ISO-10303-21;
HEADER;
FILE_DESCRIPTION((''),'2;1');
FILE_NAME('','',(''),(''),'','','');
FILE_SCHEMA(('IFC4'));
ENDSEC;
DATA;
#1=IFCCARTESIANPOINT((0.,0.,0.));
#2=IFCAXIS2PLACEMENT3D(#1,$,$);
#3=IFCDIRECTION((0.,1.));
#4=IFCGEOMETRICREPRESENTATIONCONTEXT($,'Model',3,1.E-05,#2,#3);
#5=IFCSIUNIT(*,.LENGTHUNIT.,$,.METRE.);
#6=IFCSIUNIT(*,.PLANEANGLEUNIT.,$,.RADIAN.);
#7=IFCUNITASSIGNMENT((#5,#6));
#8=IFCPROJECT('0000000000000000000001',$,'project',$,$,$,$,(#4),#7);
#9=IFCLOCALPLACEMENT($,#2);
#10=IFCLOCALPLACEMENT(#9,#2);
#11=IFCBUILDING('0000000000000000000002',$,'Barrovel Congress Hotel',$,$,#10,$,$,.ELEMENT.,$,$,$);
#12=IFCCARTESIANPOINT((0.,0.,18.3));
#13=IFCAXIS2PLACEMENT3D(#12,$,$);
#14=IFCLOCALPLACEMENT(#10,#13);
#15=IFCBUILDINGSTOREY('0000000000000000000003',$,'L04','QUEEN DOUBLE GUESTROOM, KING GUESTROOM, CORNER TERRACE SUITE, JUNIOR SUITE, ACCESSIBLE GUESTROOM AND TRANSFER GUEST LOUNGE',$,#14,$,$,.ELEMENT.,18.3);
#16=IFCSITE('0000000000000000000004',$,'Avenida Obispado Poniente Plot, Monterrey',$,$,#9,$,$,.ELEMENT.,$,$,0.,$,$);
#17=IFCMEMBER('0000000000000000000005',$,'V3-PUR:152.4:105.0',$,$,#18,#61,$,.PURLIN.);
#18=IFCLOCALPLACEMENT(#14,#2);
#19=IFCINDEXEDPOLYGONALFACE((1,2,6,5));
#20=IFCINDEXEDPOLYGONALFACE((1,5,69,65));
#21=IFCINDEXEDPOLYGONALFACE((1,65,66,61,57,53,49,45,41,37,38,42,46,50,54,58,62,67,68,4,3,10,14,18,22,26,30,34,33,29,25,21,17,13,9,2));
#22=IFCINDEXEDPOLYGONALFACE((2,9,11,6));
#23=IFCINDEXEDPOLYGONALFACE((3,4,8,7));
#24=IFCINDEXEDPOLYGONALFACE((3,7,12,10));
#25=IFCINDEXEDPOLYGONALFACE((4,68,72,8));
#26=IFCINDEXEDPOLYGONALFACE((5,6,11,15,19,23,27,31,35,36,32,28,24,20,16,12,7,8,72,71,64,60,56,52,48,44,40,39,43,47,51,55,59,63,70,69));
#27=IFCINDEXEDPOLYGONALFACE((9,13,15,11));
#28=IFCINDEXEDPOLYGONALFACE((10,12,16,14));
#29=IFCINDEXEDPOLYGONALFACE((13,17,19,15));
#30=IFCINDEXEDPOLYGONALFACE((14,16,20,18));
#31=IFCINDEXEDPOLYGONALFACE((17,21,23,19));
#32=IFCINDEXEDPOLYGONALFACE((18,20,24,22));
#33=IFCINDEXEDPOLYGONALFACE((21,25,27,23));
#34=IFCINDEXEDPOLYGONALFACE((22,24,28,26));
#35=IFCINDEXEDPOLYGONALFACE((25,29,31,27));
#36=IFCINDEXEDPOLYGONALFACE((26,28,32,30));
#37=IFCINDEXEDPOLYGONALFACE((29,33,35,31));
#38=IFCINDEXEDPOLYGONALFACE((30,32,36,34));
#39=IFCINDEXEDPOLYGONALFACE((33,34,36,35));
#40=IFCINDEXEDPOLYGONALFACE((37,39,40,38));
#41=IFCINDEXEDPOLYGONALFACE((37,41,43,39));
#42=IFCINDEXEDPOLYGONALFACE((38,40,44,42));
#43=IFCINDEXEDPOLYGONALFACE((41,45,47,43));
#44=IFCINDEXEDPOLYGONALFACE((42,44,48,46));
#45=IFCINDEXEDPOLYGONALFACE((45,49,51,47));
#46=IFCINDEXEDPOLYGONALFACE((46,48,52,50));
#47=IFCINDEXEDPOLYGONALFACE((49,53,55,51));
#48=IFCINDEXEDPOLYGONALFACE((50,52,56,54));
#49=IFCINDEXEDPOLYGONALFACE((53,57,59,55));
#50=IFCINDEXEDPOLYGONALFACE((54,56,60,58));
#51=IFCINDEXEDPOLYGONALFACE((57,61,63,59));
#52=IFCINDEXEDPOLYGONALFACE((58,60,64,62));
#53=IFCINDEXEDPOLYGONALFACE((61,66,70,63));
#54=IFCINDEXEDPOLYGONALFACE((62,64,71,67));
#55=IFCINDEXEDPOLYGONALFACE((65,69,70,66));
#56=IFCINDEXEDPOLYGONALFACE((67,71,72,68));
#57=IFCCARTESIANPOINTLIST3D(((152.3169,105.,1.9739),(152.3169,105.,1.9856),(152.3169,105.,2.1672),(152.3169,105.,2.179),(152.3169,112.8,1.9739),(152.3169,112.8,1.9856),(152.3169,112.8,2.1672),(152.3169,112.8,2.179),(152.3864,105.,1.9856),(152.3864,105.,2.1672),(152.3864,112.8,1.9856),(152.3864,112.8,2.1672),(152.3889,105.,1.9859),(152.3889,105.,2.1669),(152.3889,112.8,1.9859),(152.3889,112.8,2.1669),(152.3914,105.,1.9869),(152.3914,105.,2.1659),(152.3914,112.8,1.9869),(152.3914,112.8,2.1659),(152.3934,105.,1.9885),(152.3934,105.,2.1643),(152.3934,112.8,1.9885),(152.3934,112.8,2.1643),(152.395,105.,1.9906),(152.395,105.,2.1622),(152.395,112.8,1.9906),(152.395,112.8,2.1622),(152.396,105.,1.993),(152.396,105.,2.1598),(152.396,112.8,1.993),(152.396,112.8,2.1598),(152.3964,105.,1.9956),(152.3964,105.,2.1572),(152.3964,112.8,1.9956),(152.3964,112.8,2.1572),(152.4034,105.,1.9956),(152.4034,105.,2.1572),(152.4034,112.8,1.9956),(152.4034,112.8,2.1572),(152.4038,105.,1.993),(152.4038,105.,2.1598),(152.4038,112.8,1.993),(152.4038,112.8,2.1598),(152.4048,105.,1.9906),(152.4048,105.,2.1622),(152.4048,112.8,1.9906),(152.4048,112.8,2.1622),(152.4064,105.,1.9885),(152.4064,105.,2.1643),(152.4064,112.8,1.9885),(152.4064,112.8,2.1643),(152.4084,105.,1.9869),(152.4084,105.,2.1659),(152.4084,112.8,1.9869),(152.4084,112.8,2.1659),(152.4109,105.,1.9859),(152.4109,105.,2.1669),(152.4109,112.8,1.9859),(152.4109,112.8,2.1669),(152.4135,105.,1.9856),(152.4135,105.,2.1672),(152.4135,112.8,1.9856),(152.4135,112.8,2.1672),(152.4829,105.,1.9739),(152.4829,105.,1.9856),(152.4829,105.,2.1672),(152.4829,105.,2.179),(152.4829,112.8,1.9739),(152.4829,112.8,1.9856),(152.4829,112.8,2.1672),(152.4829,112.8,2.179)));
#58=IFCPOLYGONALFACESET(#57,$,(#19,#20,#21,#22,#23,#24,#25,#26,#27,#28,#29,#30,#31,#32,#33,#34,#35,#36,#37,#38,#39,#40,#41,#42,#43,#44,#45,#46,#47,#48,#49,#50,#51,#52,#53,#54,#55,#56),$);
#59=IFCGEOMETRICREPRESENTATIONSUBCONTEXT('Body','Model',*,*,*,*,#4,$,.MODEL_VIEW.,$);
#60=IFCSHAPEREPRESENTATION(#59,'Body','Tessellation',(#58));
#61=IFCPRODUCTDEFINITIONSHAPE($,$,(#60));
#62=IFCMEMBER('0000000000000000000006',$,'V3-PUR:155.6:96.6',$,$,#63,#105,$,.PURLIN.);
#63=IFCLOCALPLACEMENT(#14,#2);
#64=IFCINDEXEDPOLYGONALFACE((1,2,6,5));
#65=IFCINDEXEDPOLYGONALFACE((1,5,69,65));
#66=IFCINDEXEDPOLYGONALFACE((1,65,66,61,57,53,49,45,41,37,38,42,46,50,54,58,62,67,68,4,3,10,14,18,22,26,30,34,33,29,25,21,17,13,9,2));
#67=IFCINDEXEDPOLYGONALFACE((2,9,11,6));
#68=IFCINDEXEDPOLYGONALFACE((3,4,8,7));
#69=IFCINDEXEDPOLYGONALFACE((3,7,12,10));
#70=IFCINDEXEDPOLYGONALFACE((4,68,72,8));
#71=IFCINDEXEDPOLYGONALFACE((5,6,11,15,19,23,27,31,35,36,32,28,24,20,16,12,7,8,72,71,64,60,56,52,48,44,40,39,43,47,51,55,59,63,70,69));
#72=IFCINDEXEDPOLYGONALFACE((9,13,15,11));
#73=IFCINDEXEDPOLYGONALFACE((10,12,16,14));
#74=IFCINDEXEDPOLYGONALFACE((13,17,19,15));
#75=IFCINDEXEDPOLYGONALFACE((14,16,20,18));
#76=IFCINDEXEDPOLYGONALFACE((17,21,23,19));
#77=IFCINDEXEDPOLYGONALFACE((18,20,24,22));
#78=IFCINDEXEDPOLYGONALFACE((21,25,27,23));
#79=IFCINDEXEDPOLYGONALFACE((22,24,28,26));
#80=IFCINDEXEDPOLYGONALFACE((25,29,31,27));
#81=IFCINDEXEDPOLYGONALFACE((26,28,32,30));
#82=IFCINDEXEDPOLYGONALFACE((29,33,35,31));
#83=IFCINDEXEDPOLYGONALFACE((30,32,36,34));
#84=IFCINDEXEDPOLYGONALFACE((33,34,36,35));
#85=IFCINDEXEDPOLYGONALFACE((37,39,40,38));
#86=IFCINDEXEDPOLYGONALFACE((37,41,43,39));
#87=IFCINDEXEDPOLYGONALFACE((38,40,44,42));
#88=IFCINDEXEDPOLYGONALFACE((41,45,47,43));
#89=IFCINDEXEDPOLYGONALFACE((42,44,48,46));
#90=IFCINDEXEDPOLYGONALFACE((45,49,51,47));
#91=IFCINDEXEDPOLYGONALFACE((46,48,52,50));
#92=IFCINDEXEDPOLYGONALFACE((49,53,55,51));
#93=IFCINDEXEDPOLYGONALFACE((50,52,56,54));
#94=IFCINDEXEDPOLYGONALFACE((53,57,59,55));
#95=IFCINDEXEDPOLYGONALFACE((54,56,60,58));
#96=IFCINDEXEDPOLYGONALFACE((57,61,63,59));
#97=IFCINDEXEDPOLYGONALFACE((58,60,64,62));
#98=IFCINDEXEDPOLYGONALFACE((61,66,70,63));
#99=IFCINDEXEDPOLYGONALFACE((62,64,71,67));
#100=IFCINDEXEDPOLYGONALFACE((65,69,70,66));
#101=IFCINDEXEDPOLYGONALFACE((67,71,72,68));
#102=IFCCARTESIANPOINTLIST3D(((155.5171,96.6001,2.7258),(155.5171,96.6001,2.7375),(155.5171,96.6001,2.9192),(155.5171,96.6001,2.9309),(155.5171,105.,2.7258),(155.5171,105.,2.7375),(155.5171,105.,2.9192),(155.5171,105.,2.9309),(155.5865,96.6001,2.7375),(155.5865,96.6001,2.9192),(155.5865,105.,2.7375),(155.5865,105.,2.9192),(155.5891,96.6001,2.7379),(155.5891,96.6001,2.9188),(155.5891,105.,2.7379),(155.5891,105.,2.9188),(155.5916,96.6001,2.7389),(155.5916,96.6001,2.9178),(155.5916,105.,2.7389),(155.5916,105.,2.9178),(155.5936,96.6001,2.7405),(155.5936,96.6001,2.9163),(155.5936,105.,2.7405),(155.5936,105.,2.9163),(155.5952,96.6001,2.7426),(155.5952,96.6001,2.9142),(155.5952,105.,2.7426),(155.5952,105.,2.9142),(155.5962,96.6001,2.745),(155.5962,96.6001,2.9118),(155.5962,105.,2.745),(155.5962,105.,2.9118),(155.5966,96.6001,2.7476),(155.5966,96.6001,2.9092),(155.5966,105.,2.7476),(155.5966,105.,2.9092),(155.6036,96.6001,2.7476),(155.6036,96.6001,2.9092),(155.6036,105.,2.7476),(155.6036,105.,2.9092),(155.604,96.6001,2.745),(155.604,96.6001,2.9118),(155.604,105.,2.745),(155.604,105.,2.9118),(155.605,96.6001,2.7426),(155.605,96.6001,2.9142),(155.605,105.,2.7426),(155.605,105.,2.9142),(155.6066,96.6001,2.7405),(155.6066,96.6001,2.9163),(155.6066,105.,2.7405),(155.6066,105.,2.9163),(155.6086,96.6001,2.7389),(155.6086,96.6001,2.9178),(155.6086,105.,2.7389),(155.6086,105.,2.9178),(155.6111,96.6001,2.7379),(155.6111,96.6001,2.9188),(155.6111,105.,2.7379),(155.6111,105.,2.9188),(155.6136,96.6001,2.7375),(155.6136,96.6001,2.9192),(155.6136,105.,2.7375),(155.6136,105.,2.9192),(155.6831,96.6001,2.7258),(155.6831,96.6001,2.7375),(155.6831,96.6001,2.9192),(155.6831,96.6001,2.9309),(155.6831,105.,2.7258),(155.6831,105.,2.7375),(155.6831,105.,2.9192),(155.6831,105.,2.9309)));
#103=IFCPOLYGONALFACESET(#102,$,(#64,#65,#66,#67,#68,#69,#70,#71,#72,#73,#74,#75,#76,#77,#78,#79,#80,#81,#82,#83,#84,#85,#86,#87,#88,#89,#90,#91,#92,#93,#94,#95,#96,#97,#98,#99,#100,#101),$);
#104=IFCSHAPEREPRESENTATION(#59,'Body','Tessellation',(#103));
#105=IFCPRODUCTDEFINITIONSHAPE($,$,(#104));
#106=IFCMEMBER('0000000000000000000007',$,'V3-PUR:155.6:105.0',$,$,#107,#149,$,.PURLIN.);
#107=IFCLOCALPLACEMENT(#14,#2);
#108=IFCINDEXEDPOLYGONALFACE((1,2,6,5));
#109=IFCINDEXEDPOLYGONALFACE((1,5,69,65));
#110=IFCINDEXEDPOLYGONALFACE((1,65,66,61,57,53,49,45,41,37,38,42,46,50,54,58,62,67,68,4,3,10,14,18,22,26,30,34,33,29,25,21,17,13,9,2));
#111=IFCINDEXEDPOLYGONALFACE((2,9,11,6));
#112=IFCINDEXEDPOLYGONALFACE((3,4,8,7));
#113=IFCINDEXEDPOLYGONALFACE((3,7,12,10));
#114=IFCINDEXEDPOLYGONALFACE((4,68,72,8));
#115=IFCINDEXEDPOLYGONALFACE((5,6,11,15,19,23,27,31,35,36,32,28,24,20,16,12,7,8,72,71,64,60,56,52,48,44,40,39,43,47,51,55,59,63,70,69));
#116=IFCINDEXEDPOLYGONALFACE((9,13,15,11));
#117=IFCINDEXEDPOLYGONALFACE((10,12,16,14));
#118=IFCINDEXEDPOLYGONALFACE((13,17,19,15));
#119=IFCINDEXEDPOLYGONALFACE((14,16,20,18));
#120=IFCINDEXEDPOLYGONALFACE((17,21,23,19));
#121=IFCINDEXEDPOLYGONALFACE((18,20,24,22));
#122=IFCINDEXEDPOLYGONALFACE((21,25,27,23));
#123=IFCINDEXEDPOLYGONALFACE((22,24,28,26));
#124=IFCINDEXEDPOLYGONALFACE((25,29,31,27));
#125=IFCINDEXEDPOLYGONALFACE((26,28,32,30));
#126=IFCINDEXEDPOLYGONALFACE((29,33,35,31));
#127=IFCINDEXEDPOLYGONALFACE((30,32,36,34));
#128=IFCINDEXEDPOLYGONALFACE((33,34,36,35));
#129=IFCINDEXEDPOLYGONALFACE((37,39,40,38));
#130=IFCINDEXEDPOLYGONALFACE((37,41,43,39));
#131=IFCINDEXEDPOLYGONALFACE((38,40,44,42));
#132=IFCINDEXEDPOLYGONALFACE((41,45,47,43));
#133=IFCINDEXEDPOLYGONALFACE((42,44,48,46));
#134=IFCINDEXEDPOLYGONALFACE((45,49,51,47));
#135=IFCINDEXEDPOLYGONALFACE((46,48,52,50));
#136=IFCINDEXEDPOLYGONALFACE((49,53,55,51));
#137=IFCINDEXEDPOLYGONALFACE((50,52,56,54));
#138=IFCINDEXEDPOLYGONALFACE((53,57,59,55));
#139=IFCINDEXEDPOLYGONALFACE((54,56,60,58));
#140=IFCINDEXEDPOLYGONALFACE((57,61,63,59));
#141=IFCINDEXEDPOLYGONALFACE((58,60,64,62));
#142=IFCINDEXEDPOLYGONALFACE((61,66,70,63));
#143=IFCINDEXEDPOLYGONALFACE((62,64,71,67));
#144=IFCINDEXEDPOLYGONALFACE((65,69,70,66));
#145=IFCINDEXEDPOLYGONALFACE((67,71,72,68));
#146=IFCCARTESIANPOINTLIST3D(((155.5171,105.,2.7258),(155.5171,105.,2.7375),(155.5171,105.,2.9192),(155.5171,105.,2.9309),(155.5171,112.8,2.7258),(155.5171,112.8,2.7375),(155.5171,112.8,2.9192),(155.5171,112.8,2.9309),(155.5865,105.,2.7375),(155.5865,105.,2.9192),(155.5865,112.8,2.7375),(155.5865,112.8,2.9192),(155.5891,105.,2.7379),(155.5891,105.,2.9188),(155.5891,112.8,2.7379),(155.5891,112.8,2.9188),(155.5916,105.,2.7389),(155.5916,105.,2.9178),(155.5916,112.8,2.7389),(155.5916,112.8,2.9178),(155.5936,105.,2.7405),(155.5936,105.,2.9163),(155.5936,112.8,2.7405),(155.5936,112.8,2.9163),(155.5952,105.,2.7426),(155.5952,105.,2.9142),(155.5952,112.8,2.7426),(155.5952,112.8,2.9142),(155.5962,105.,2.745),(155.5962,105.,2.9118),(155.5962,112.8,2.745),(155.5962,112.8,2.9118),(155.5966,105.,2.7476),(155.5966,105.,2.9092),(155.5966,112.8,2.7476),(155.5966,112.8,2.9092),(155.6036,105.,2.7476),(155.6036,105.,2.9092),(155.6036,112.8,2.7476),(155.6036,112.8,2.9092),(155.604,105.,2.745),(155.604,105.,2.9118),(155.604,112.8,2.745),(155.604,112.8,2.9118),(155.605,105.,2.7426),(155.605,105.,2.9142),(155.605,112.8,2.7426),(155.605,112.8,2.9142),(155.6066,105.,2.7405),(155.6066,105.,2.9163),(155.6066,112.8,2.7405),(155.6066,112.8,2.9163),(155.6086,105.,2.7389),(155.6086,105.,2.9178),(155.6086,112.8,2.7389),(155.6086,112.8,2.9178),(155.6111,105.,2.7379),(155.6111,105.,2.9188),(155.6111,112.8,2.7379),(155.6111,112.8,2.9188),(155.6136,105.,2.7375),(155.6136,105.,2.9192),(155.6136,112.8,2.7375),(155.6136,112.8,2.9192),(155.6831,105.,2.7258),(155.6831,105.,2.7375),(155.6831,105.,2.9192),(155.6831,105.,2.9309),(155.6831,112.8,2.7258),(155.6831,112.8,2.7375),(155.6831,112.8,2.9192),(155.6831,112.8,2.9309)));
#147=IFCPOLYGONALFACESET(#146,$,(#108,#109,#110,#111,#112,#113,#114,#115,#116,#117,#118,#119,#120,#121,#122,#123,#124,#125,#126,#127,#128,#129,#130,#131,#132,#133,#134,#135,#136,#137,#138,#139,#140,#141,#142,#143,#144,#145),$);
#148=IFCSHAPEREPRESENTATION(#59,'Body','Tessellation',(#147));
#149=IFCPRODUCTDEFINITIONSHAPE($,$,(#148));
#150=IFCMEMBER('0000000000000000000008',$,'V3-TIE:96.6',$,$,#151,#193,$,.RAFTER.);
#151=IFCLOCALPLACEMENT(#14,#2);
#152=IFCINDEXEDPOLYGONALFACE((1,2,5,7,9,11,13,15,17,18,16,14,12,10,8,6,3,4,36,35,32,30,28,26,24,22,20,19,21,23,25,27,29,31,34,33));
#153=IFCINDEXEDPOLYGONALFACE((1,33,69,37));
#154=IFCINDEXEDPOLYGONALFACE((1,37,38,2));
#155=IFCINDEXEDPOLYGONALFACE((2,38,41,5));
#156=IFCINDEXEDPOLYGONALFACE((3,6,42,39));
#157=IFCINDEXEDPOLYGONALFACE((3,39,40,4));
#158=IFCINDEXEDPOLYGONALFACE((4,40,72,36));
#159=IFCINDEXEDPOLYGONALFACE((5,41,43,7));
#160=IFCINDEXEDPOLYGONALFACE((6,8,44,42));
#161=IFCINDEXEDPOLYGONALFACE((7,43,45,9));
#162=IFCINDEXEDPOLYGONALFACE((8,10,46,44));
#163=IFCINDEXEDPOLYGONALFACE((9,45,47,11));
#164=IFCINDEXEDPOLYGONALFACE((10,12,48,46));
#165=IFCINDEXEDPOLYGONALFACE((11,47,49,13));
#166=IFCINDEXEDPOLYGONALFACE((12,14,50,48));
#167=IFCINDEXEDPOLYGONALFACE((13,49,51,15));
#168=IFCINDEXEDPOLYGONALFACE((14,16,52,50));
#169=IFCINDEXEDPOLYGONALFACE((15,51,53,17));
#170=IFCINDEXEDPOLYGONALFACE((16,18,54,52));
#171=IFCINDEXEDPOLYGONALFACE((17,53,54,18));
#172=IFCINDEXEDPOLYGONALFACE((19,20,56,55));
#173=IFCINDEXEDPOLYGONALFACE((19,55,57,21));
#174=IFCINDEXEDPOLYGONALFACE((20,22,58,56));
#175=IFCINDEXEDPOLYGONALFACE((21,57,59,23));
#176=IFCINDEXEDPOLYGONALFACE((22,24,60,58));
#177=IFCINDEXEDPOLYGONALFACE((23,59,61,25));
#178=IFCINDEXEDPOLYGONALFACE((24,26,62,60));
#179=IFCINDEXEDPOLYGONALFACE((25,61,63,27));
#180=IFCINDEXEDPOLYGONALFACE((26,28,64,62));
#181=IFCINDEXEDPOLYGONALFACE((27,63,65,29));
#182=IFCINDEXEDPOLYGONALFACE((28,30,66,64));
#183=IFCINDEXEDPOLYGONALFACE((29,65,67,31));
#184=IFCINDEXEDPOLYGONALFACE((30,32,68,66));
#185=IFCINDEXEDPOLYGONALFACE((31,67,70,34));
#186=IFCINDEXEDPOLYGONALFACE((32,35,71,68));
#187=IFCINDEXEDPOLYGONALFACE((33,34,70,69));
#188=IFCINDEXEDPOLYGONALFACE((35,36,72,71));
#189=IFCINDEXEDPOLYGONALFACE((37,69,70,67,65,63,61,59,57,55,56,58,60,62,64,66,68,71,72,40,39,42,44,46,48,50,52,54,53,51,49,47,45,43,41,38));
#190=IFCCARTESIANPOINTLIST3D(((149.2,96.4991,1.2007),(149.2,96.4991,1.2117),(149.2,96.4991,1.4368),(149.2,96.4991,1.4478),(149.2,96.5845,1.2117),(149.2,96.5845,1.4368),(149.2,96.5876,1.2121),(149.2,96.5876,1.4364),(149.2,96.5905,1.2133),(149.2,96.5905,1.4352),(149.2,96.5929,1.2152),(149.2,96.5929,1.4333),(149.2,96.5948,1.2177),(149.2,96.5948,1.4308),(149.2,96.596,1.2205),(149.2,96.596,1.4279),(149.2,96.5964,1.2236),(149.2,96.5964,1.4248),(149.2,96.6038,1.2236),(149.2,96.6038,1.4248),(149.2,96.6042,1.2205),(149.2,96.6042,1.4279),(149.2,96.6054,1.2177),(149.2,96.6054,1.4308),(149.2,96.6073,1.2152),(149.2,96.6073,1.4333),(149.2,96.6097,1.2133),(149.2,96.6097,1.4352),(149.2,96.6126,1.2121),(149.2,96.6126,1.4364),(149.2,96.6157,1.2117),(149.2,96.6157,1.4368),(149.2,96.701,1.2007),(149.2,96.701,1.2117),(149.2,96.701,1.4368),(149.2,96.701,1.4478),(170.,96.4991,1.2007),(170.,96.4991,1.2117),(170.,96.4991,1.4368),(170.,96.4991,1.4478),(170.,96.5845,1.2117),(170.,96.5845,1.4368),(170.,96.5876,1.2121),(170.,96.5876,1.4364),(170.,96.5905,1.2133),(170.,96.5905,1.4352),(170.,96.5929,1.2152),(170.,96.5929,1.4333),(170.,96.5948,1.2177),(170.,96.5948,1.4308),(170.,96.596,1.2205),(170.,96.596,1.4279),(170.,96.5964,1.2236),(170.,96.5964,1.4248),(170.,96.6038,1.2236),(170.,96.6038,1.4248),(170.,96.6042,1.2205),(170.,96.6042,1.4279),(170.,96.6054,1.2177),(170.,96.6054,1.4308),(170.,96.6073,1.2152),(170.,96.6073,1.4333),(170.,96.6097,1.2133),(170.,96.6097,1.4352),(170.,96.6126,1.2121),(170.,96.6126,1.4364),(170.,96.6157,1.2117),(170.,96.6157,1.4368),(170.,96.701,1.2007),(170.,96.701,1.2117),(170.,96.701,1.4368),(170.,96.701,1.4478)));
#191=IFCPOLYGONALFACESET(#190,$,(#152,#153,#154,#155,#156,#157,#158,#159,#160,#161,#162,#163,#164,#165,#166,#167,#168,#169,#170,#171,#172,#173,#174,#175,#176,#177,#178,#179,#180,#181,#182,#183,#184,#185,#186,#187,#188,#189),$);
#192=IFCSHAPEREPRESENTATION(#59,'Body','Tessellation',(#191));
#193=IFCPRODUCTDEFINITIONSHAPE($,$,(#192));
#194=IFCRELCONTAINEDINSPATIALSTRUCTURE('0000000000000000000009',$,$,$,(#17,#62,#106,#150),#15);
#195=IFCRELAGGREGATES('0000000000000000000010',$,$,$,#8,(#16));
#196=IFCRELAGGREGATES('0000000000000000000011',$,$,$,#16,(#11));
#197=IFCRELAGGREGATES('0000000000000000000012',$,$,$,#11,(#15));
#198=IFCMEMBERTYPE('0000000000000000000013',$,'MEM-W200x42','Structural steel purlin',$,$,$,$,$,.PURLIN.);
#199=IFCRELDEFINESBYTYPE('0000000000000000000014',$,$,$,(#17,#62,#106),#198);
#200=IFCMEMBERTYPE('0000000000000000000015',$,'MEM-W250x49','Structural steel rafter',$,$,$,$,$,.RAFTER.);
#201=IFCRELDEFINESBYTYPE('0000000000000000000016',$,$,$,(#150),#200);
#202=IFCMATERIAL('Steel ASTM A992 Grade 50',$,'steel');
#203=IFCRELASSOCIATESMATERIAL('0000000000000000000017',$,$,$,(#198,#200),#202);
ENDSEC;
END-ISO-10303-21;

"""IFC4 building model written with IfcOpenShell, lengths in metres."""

from ifc_helpers import new_model, si_unit, direction, frame, origin, origin_2d, place, context, subcontext, project, spatial, i_section, extrude, material, material_profile, profile_set, type_object, element, save


model = new_model("IFC4")

# Units and contexts
model_context = context("Model", 3, precision=1e-05, world=origin(), true_north=direction((0.0, 1.0)))
body_context = subcontext(model_context, "Body", "Model", "MODEL_VIEW")
ifc_project = project(units=[si_unit("LENGTHUNIT", "METRE"), si_unit("PLANEANGLEUNIT", "RADIAN")], contexts=[model_context])

# Site, building, storey
site_placement = place(None, origin())
site = spatial("IfcSite", under=ifc_project, at=site_placement, Name="Avenida Obispado Poniente Plot, Monterrey", CompositionType="ELEMENT", RefElevation=0.0)
building_placement = place(site_placement, origin())
building = spatial("IfcBuilding", under=site, at=building_placement, Name="Barrovel Congress Hotel", CompositionType="ELEMENT")
storey_placement = place(building_placement, frame((0.0, 0.0, 18.3)))
storey = spatial("IfcBuildingStorey", under=building, at=storey_placement, Name="L04", Description="QUEEN DOUBLE GUESTROOM, KING GUESTROOM, CORNER TERRACE SUITE, JUNIOR SUITE, ACCESSIBLE GUESTROOM AND TRANSFER GUEST LOUNGE", CompositionType="ELEMENT", Elevation=18.3)

# Members
ifc_material_1 = material(Name="Steel ASTM A992 Grade 50", Category="steel")
ifc_material_profile_1 = material_profile(ifc_material_1, i_section(OverallWidth=0.166, OverallDepth=0.2051, WebThickness=0.0071, FlangeThickness=0.0117, FilletRadius=0.01, at=origin_2d()), Name="W200x42")
ifc_profile_set_1 = profile_set([ifc_material_profile_1], Name="Steel ASTM A992 Grade 50")
member_type_1 = type_object("IfcMemberType", Name="MEM-W200x42", Description="Structural steel purlin", PredefinedType="PURLIN", material=ifc_profile_set_1)
member_1_placement = place(storey_placement, frame((152.3999, 105.0, 2.0764), z_axis=(0.0, 1.0, 0.0), x_axis=(-1.0, 0.0, 0.0)))
element("IfcMember", 1, at=member_1_placement, inside=storey, type_object=member_type_1, Name="V3-PUR:152.4:105.0", PredefinedType="PURLIN", context=body_context, shape_type="SweptSolid", body=[
    extrude(i_section(OverallWidth=0.166, OverallDepth=0.2051, WebThickness=0.0071, FlangeThickness=0.0117, FilletRadius=0.01, at=origin_2d()), origin(), (0.0, 0.0, 1.0), 7.8),
])
member_2_placement = place(storey_placement, frame((155.6001, 96.6001, 2.8284), z_axis=(0.0, 1.0, 0.0), x_axis=(-1.0, 0.0, 0.0)))
element("IfcMember", 2, at=member_2_placement, inside=storey, type_object=member_type_1, Name="V3-PUR:155.6:96.6", PredefinedType="PURLIN", context=body_context, shape_type="SweptSolid", body=[
    extrude(i_section(OverallWidth=0.166, OverallDepth=0.2051, WebThickness=0.0071, FlangeThickness=0.0117, FilletRadius=0.01, at=origin_2d()), origin(), (0.0, 0.0, 1.0), 8.3999),
])
member_3_placement = place(storey_placement, frame((155.6001, 105.0, 2.8284), z_axis=(0.0, 1.0, 0.0), x_axis=(-1.0, 0.0, 0.0)))
element("IfcMember", 3, at=member_3_placement, inside=storey, type_object=member_type_1, Name="V3-PUR:155.6:105.0", PredefinedType="PURLIN", context=body_context, shape_type="SweptSolid", body=[
    extrude(i_section(OverallWidth=0.166, OverallDepth=0.2051, WebThickness=0.0071, FlangeThickness=0.0117, FilletRadius=0.01, at=origin_2d()), origin(), (0.0, 0.0, 1.0), 7.8),
])
ifc_material_profile_2 = material_profile(ifc_material_1, i_section(OverallWidth=0.2019, OverallDepth=0.2471, WebThickness=0.0073, FlangeThickness=0.011, FilletRadius=0.012, at=origin_2d()), Name="W250x49")
ifc_profile_set_2 = profile_set([ifc_material_profile_2], Name="Steel ASTM A992 Grade 50")
member_type_2 = type_object("IfcMemberType", Name="MEM-W250x49", Description="Structural steel rafter", PredefinedType="RAFTER", material=ifc_profile_set_2)
for number, where, z_axis, x_axis, name in (
    (4, (149.2, 96.6001, 1.3242), (1.0, 0.0, 0.0), (0.0, 1.0, 0.0), "V3-TIE:96.6"),
):
    element("IfcMember", number, at=place(storey_placement, frame(where, z_axis=z_axis, x_axis=x_axis)), inside=storey, type_object=member_type_2, Name=name, PredefinedType="RAFTER", context=body_context, shape_type="SweptSolid", body=[
        extrude(i_section(OverallWidth=0.2019, OverallDepth=0.2471, WebThickness=0.0073, FlangeThickness=0.011, FilletRadius=0.012, at=origin_2d()), origin(), (0.0, 0.0, 1.0), 20.8),
    ])

save(model, "model.ifc")
